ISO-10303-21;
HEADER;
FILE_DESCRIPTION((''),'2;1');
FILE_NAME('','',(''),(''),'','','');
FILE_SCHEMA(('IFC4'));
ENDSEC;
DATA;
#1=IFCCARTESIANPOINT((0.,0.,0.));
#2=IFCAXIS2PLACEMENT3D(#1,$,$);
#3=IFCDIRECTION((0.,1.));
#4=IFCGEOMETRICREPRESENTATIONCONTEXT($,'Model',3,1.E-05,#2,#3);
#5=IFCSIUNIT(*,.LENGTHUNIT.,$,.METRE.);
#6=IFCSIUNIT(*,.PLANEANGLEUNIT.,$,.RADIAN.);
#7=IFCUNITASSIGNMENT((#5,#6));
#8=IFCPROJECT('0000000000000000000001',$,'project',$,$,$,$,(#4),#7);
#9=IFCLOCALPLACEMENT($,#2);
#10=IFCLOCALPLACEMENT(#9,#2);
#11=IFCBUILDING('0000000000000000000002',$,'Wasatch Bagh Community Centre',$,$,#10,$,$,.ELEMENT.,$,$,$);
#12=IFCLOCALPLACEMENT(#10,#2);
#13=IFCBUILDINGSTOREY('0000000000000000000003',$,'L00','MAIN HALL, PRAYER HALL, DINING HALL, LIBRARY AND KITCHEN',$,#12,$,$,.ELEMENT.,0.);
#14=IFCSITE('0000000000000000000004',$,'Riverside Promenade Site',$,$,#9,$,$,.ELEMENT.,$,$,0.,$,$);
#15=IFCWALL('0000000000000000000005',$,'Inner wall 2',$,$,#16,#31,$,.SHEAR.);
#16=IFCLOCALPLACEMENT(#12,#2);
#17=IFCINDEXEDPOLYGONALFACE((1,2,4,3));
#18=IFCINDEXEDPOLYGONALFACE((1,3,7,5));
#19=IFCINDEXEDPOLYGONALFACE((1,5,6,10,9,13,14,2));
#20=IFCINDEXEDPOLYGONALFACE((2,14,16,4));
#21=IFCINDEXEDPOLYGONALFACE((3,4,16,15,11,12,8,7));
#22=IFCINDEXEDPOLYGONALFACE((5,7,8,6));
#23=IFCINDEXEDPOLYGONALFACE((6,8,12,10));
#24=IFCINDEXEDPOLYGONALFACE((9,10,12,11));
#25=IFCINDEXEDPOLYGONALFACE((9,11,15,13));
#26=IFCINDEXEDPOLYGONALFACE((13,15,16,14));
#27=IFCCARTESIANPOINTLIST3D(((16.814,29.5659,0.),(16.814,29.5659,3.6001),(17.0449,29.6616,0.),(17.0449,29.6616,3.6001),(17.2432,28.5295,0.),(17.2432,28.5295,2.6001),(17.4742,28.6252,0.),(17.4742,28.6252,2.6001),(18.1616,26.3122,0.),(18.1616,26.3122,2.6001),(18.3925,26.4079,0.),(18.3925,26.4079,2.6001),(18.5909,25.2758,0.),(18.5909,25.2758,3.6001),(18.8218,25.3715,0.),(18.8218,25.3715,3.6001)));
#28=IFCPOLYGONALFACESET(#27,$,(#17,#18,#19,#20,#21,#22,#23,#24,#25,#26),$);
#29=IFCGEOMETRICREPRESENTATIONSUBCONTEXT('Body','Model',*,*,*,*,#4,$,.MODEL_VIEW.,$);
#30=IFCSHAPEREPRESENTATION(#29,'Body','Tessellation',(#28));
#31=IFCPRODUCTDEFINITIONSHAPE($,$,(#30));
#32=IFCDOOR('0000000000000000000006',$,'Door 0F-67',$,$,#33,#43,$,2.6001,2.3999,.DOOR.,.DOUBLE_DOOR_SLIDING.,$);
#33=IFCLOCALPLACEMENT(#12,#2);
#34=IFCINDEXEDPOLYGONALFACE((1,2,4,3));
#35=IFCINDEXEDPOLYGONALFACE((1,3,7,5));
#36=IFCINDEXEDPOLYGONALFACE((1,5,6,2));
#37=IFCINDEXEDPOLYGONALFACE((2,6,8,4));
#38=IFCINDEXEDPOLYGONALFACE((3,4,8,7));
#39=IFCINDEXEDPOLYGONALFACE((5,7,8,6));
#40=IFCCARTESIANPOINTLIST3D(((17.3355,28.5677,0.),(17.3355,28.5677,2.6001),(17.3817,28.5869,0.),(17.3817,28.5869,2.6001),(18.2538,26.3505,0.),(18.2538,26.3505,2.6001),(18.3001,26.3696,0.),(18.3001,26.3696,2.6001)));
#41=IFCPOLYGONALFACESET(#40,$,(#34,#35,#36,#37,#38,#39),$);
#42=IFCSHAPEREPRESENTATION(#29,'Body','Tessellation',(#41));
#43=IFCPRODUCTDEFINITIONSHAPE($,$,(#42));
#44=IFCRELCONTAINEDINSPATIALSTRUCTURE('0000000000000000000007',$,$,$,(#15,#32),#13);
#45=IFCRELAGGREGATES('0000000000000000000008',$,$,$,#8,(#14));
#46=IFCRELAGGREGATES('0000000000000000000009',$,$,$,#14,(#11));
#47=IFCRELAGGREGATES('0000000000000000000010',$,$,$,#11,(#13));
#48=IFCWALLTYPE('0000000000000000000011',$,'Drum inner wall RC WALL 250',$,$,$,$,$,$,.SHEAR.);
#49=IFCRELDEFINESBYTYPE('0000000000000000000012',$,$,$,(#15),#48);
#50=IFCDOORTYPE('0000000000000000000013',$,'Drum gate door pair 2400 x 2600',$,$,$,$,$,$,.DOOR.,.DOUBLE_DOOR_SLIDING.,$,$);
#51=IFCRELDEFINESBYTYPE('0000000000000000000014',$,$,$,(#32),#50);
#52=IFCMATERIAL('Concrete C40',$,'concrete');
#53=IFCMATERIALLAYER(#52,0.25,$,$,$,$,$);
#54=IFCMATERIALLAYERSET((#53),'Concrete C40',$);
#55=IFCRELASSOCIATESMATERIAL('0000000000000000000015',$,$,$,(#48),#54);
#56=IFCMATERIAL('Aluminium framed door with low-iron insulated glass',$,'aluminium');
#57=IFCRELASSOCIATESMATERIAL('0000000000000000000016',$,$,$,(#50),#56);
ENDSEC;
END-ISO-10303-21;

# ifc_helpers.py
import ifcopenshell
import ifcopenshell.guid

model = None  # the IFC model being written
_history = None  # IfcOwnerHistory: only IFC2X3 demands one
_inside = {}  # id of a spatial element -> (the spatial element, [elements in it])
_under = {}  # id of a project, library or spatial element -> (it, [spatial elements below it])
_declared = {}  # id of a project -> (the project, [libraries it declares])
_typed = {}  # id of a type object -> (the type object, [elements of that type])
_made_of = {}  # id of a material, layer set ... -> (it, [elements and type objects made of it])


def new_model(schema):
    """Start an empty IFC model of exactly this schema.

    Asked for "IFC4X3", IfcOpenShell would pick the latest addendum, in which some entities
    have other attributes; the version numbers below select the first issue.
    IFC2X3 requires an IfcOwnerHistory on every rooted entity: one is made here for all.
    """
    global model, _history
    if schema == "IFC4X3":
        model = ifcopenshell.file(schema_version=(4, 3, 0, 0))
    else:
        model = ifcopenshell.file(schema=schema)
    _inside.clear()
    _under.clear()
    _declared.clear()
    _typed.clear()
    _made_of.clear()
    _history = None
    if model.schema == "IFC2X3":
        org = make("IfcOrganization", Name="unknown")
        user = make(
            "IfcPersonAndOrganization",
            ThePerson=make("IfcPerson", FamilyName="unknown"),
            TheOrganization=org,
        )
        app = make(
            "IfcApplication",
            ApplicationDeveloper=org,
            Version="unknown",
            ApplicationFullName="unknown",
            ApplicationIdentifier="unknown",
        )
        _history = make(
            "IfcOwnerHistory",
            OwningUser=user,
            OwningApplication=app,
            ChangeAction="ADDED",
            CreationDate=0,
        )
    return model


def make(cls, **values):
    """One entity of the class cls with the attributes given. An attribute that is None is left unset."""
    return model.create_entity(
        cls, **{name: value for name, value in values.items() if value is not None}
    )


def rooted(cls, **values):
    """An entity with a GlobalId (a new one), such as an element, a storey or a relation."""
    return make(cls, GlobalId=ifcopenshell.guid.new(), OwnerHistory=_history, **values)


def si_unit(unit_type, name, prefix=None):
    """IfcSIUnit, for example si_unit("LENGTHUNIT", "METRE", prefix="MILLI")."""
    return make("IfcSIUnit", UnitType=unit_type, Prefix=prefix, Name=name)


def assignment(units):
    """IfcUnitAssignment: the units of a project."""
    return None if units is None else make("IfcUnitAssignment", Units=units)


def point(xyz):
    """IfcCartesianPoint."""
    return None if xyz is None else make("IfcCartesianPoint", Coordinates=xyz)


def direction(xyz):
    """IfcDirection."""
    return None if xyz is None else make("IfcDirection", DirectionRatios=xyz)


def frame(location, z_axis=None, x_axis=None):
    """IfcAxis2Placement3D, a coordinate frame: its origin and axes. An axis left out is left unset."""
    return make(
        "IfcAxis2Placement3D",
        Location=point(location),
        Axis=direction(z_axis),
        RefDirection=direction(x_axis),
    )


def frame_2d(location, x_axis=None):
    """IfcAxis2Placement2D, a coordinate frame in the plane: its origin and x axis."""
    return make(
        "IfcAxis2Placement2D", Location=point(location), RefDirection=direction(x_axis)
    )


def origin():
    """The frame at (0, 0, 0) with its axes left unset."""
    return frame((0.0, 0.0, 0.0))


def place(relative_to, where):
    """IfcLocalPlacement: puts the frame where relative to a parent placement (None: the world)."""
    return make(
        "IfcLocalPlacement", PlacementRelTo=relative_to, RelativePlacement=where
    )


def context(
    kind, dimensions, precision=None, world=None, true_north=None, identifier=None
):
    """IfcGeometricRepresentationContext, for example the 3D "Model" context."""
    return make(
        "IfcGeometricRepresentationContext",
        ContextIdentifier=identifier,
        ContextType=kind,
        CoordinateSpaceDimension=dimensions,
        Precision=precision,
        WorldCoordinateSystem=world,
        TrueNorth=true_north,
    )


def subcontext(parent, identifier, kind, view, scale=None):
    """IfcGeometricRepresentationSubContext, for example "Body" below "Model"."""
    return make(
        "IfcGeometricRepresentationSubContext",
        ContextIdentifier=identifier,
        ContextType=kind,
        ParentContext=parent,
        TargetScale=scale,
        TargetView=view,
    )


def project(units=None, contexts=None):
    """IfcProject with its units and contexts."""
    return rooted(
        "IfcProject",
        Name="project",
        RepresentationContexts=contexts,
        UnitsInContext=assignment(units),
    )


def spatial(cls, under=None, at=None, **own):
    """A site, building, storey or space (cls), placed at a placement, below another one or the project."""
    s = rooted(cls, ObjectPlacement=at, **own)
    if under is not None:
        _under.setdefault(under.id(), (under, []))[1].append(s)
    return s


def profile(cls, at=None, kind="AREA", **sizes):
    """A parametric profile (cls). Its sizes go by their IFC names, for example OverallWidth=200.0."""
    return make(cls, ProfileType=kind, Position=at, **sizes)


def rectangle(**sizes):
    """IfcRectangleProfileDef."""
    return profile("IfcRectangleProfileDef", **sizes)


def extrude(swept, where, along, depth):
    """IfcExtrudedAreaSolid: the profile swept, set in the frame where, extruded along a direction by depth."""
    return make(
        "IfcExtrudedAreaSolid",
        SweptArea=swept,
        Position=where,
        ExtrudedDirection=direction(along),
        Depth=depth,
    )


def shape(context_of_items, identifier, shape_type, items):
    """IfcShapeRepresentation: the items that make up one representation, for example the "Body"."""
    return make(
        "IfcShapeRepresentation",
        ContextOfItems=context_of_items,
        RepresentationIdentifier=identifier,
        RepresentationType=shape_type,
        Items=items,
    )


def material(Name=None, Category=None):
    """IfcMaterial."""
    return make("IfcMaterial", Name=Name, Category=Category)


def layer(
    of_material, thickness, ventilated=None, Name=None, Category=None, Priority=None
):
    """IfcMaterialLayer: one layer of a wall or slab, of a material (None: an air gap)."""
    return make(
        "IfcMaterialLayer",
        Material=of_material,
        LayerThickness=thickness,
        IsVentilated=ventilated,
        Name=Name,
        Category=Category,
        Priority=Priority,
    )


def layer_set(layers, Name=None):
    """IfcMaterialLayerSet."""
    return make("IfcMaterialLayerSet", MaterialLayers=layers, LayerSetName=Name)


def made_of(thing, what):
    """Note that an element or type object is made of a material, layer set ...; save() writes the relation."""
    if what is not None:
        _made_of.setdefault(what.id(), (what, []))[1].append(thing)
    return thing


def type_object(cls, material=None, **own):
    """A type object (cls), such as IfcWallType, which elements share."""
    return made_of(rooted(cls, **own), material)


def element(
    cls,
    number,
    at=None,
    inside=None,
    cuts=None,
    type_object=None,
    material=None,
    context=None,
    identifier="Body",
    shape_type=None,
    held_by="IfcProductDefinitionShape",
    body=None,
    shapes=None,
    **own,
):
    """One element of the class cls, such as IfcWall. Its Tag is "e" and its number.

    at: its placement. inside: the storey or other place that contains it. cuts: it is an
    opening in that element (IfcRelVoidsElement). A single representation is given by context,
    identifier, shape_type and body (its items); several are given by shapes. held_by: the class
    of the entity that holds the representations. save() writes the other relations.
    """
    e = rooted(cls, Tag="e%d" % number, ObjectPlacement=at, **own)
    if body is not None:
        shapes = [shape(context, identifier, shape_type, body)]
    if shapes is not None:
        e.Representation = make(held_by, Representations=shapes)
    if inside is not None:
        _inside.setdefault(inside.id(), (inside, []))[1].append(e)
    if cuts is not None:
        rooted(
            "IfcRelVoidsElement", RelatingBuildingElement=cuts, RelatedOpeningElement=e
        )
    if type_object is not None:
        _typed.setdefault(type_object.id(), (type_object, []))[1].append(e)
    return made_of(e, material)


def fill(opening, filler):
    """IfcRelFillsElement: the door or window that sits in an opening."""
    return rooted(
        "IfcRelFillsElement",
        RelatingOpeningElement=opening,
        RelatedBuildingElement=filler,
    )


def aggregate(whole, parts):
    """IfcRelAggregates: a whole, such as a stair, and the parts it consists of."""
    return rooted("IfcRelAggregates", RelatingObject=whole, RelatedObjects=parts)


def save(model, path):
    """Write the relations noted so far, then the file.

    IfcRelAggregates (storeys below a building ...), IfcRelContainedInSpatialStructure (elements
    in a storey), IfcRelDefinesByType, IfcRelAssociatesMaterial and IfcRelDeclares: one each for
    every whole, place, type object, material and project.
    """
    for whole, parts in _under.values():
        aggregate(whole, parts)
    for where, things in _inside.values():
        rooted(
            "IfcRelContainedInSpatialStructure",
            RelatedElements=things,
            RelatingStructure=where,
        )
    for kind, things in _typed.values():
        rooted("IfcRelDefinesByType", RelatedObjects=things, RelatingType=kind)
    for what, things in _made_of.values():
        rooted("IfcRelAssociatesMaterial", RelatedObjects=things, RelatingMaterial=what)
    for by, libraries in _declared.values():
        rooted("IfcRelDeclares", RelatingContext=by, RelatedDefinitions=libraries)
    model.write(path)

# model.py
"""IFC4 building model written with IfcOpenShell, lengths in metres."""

from ifc_helpers import new_model, si_unit, direction, frame, frame_2d, origin, place, context, subcontext, project, spatial, rectangle, extrude, material, layer, layer_set, type_object, element, fill, save


model = new_model("IFC4")

# Units and contexts
model_context = context("Model", 3, precision=1e-05, world=origin(), true_north=direction((0.0, 1.0)))
body_context = subcontext(model_context, "Body", "Model", "MODEL_VIEW")
ifc_project = project(units=[si_unit("LENGTHUNIT", "METRE"), si_unit("PLANEANGLEUNIT", "RADIAN")], contexts=[model_context])

# Site, building, storey
site_placement = place(None, origin())
site = spatial("IfcSite", under=ifc_project, at=site_placement, Name="Riverside Promenade Site", CompositionType="ELEMENT", RefElevation=0.0)
building_placement = place(site_placement, origin())
building = spatial("IfcBuilding", under=site, at=building_placement, Name="Wasatch Bagh Community Centre", CompositionType="ELEMENT")
storey_placement = place(building_placement, origin())
storey = spatial("IfcBuildingStorey", under=building, at=storey_placement, Name="L00", Description="MAIN HALL, PRAYER HALL, DINING HALL, LIBRARY AND KITCHEN", CompositionType="ELEMENT", Elevation=0.0)

# Shared definitions
ifc_material_1 = material(Name="Concrete C40", Category="concrete")

# Wall, opening, door
ifc_material_2 = material(Name="Aluminium framed door with low-iron insulated glass", Category="aluminium")
ifc_layer_1 = layer(ifc_material_1, 0.25)
ifc_layer_set_1 = layer_set([ifc_layer_1], Name="Concrete C40")
wall_type_1 = type_object("IfcWallType", Name="Drum inner wall RC WALL 250", PredefinedType="SHEAR", material=ifc_layer_set_1)
wall_1_placement = place(storey_placement, frame((16.9294, 29.6138, 0.0), z_axis=(0.0, 0.0, 1.0), x_axis=(0.382658, -0.92389, 0.0)))
wall_1 = element("IfcWall", 1, at=wall_1_placement, inside=storey, type_object=wall_type_1, Name="Inner wall 2", PredefinedType="SHEAR", context=body_context, shape_type="SweptSolid", body=[
    extrude(rectangle(XDim=4.6436, YDim=0.25, at=frame_2d((2.3218, 0.0))), origin(), (0.0, 0.0, 1.0), 3.6001),
])
opening_1_placement = place(wall_1_placement, frame((1.1218, 0.0, 0.0)))
opening_1 = element("IfcOpeningElement", 2, at=opening_1_placement, cuts=wall_1, PredefinedType="OPENING", context=body_context, shape_type="SweptSolid", body=[
    extrude(rectangle(XDim=2.3999, YDim=2.6001, at=frame_2d((1.2, 1.3))), frame((0.0, 0.135, 0.0), z_axis=(0.0, -1.0, 0.0), x_axis=(1.0, 0.0, 0.0)), (0.0, 0.0, 1.0), 0.27),
])
door_type_1 = type_object("IfcDoorType", Name="Drum gate door pair 2400 x 2600", OperationType="DOUBLE_DOOR_SLIDING", PredefinedType="DOOR", material=ifc_material_2)
door_1_placement = place(opening_1_placement, origin())
door_1 = element("IfcDoor", 3, at=door_1_placement, inside=storey, type_object=door_type_1, Name="Door 0F-67", OperationType="DOUBLE_DOOR_SLIDING", OverallHeight=2.6001, OverallWidth=2.3999, PredefinedType="DOOR", context=body_context, shape_type="SweptSolid", body=[
    extrude(rectangle(XDim=2.3999, YDim=2.6001, at=frame_2d((1.2, 1.3))), frame((0.0, 0.0249, 0.0), z_axis=(0.0, -1.0, 0.0), x_axis=(1.0, 0.0, 0.0)), (0.0, 0.0, 1.0), 0.05),
])
fill(opening_1, door_1)

save(model, "model.ifc")
